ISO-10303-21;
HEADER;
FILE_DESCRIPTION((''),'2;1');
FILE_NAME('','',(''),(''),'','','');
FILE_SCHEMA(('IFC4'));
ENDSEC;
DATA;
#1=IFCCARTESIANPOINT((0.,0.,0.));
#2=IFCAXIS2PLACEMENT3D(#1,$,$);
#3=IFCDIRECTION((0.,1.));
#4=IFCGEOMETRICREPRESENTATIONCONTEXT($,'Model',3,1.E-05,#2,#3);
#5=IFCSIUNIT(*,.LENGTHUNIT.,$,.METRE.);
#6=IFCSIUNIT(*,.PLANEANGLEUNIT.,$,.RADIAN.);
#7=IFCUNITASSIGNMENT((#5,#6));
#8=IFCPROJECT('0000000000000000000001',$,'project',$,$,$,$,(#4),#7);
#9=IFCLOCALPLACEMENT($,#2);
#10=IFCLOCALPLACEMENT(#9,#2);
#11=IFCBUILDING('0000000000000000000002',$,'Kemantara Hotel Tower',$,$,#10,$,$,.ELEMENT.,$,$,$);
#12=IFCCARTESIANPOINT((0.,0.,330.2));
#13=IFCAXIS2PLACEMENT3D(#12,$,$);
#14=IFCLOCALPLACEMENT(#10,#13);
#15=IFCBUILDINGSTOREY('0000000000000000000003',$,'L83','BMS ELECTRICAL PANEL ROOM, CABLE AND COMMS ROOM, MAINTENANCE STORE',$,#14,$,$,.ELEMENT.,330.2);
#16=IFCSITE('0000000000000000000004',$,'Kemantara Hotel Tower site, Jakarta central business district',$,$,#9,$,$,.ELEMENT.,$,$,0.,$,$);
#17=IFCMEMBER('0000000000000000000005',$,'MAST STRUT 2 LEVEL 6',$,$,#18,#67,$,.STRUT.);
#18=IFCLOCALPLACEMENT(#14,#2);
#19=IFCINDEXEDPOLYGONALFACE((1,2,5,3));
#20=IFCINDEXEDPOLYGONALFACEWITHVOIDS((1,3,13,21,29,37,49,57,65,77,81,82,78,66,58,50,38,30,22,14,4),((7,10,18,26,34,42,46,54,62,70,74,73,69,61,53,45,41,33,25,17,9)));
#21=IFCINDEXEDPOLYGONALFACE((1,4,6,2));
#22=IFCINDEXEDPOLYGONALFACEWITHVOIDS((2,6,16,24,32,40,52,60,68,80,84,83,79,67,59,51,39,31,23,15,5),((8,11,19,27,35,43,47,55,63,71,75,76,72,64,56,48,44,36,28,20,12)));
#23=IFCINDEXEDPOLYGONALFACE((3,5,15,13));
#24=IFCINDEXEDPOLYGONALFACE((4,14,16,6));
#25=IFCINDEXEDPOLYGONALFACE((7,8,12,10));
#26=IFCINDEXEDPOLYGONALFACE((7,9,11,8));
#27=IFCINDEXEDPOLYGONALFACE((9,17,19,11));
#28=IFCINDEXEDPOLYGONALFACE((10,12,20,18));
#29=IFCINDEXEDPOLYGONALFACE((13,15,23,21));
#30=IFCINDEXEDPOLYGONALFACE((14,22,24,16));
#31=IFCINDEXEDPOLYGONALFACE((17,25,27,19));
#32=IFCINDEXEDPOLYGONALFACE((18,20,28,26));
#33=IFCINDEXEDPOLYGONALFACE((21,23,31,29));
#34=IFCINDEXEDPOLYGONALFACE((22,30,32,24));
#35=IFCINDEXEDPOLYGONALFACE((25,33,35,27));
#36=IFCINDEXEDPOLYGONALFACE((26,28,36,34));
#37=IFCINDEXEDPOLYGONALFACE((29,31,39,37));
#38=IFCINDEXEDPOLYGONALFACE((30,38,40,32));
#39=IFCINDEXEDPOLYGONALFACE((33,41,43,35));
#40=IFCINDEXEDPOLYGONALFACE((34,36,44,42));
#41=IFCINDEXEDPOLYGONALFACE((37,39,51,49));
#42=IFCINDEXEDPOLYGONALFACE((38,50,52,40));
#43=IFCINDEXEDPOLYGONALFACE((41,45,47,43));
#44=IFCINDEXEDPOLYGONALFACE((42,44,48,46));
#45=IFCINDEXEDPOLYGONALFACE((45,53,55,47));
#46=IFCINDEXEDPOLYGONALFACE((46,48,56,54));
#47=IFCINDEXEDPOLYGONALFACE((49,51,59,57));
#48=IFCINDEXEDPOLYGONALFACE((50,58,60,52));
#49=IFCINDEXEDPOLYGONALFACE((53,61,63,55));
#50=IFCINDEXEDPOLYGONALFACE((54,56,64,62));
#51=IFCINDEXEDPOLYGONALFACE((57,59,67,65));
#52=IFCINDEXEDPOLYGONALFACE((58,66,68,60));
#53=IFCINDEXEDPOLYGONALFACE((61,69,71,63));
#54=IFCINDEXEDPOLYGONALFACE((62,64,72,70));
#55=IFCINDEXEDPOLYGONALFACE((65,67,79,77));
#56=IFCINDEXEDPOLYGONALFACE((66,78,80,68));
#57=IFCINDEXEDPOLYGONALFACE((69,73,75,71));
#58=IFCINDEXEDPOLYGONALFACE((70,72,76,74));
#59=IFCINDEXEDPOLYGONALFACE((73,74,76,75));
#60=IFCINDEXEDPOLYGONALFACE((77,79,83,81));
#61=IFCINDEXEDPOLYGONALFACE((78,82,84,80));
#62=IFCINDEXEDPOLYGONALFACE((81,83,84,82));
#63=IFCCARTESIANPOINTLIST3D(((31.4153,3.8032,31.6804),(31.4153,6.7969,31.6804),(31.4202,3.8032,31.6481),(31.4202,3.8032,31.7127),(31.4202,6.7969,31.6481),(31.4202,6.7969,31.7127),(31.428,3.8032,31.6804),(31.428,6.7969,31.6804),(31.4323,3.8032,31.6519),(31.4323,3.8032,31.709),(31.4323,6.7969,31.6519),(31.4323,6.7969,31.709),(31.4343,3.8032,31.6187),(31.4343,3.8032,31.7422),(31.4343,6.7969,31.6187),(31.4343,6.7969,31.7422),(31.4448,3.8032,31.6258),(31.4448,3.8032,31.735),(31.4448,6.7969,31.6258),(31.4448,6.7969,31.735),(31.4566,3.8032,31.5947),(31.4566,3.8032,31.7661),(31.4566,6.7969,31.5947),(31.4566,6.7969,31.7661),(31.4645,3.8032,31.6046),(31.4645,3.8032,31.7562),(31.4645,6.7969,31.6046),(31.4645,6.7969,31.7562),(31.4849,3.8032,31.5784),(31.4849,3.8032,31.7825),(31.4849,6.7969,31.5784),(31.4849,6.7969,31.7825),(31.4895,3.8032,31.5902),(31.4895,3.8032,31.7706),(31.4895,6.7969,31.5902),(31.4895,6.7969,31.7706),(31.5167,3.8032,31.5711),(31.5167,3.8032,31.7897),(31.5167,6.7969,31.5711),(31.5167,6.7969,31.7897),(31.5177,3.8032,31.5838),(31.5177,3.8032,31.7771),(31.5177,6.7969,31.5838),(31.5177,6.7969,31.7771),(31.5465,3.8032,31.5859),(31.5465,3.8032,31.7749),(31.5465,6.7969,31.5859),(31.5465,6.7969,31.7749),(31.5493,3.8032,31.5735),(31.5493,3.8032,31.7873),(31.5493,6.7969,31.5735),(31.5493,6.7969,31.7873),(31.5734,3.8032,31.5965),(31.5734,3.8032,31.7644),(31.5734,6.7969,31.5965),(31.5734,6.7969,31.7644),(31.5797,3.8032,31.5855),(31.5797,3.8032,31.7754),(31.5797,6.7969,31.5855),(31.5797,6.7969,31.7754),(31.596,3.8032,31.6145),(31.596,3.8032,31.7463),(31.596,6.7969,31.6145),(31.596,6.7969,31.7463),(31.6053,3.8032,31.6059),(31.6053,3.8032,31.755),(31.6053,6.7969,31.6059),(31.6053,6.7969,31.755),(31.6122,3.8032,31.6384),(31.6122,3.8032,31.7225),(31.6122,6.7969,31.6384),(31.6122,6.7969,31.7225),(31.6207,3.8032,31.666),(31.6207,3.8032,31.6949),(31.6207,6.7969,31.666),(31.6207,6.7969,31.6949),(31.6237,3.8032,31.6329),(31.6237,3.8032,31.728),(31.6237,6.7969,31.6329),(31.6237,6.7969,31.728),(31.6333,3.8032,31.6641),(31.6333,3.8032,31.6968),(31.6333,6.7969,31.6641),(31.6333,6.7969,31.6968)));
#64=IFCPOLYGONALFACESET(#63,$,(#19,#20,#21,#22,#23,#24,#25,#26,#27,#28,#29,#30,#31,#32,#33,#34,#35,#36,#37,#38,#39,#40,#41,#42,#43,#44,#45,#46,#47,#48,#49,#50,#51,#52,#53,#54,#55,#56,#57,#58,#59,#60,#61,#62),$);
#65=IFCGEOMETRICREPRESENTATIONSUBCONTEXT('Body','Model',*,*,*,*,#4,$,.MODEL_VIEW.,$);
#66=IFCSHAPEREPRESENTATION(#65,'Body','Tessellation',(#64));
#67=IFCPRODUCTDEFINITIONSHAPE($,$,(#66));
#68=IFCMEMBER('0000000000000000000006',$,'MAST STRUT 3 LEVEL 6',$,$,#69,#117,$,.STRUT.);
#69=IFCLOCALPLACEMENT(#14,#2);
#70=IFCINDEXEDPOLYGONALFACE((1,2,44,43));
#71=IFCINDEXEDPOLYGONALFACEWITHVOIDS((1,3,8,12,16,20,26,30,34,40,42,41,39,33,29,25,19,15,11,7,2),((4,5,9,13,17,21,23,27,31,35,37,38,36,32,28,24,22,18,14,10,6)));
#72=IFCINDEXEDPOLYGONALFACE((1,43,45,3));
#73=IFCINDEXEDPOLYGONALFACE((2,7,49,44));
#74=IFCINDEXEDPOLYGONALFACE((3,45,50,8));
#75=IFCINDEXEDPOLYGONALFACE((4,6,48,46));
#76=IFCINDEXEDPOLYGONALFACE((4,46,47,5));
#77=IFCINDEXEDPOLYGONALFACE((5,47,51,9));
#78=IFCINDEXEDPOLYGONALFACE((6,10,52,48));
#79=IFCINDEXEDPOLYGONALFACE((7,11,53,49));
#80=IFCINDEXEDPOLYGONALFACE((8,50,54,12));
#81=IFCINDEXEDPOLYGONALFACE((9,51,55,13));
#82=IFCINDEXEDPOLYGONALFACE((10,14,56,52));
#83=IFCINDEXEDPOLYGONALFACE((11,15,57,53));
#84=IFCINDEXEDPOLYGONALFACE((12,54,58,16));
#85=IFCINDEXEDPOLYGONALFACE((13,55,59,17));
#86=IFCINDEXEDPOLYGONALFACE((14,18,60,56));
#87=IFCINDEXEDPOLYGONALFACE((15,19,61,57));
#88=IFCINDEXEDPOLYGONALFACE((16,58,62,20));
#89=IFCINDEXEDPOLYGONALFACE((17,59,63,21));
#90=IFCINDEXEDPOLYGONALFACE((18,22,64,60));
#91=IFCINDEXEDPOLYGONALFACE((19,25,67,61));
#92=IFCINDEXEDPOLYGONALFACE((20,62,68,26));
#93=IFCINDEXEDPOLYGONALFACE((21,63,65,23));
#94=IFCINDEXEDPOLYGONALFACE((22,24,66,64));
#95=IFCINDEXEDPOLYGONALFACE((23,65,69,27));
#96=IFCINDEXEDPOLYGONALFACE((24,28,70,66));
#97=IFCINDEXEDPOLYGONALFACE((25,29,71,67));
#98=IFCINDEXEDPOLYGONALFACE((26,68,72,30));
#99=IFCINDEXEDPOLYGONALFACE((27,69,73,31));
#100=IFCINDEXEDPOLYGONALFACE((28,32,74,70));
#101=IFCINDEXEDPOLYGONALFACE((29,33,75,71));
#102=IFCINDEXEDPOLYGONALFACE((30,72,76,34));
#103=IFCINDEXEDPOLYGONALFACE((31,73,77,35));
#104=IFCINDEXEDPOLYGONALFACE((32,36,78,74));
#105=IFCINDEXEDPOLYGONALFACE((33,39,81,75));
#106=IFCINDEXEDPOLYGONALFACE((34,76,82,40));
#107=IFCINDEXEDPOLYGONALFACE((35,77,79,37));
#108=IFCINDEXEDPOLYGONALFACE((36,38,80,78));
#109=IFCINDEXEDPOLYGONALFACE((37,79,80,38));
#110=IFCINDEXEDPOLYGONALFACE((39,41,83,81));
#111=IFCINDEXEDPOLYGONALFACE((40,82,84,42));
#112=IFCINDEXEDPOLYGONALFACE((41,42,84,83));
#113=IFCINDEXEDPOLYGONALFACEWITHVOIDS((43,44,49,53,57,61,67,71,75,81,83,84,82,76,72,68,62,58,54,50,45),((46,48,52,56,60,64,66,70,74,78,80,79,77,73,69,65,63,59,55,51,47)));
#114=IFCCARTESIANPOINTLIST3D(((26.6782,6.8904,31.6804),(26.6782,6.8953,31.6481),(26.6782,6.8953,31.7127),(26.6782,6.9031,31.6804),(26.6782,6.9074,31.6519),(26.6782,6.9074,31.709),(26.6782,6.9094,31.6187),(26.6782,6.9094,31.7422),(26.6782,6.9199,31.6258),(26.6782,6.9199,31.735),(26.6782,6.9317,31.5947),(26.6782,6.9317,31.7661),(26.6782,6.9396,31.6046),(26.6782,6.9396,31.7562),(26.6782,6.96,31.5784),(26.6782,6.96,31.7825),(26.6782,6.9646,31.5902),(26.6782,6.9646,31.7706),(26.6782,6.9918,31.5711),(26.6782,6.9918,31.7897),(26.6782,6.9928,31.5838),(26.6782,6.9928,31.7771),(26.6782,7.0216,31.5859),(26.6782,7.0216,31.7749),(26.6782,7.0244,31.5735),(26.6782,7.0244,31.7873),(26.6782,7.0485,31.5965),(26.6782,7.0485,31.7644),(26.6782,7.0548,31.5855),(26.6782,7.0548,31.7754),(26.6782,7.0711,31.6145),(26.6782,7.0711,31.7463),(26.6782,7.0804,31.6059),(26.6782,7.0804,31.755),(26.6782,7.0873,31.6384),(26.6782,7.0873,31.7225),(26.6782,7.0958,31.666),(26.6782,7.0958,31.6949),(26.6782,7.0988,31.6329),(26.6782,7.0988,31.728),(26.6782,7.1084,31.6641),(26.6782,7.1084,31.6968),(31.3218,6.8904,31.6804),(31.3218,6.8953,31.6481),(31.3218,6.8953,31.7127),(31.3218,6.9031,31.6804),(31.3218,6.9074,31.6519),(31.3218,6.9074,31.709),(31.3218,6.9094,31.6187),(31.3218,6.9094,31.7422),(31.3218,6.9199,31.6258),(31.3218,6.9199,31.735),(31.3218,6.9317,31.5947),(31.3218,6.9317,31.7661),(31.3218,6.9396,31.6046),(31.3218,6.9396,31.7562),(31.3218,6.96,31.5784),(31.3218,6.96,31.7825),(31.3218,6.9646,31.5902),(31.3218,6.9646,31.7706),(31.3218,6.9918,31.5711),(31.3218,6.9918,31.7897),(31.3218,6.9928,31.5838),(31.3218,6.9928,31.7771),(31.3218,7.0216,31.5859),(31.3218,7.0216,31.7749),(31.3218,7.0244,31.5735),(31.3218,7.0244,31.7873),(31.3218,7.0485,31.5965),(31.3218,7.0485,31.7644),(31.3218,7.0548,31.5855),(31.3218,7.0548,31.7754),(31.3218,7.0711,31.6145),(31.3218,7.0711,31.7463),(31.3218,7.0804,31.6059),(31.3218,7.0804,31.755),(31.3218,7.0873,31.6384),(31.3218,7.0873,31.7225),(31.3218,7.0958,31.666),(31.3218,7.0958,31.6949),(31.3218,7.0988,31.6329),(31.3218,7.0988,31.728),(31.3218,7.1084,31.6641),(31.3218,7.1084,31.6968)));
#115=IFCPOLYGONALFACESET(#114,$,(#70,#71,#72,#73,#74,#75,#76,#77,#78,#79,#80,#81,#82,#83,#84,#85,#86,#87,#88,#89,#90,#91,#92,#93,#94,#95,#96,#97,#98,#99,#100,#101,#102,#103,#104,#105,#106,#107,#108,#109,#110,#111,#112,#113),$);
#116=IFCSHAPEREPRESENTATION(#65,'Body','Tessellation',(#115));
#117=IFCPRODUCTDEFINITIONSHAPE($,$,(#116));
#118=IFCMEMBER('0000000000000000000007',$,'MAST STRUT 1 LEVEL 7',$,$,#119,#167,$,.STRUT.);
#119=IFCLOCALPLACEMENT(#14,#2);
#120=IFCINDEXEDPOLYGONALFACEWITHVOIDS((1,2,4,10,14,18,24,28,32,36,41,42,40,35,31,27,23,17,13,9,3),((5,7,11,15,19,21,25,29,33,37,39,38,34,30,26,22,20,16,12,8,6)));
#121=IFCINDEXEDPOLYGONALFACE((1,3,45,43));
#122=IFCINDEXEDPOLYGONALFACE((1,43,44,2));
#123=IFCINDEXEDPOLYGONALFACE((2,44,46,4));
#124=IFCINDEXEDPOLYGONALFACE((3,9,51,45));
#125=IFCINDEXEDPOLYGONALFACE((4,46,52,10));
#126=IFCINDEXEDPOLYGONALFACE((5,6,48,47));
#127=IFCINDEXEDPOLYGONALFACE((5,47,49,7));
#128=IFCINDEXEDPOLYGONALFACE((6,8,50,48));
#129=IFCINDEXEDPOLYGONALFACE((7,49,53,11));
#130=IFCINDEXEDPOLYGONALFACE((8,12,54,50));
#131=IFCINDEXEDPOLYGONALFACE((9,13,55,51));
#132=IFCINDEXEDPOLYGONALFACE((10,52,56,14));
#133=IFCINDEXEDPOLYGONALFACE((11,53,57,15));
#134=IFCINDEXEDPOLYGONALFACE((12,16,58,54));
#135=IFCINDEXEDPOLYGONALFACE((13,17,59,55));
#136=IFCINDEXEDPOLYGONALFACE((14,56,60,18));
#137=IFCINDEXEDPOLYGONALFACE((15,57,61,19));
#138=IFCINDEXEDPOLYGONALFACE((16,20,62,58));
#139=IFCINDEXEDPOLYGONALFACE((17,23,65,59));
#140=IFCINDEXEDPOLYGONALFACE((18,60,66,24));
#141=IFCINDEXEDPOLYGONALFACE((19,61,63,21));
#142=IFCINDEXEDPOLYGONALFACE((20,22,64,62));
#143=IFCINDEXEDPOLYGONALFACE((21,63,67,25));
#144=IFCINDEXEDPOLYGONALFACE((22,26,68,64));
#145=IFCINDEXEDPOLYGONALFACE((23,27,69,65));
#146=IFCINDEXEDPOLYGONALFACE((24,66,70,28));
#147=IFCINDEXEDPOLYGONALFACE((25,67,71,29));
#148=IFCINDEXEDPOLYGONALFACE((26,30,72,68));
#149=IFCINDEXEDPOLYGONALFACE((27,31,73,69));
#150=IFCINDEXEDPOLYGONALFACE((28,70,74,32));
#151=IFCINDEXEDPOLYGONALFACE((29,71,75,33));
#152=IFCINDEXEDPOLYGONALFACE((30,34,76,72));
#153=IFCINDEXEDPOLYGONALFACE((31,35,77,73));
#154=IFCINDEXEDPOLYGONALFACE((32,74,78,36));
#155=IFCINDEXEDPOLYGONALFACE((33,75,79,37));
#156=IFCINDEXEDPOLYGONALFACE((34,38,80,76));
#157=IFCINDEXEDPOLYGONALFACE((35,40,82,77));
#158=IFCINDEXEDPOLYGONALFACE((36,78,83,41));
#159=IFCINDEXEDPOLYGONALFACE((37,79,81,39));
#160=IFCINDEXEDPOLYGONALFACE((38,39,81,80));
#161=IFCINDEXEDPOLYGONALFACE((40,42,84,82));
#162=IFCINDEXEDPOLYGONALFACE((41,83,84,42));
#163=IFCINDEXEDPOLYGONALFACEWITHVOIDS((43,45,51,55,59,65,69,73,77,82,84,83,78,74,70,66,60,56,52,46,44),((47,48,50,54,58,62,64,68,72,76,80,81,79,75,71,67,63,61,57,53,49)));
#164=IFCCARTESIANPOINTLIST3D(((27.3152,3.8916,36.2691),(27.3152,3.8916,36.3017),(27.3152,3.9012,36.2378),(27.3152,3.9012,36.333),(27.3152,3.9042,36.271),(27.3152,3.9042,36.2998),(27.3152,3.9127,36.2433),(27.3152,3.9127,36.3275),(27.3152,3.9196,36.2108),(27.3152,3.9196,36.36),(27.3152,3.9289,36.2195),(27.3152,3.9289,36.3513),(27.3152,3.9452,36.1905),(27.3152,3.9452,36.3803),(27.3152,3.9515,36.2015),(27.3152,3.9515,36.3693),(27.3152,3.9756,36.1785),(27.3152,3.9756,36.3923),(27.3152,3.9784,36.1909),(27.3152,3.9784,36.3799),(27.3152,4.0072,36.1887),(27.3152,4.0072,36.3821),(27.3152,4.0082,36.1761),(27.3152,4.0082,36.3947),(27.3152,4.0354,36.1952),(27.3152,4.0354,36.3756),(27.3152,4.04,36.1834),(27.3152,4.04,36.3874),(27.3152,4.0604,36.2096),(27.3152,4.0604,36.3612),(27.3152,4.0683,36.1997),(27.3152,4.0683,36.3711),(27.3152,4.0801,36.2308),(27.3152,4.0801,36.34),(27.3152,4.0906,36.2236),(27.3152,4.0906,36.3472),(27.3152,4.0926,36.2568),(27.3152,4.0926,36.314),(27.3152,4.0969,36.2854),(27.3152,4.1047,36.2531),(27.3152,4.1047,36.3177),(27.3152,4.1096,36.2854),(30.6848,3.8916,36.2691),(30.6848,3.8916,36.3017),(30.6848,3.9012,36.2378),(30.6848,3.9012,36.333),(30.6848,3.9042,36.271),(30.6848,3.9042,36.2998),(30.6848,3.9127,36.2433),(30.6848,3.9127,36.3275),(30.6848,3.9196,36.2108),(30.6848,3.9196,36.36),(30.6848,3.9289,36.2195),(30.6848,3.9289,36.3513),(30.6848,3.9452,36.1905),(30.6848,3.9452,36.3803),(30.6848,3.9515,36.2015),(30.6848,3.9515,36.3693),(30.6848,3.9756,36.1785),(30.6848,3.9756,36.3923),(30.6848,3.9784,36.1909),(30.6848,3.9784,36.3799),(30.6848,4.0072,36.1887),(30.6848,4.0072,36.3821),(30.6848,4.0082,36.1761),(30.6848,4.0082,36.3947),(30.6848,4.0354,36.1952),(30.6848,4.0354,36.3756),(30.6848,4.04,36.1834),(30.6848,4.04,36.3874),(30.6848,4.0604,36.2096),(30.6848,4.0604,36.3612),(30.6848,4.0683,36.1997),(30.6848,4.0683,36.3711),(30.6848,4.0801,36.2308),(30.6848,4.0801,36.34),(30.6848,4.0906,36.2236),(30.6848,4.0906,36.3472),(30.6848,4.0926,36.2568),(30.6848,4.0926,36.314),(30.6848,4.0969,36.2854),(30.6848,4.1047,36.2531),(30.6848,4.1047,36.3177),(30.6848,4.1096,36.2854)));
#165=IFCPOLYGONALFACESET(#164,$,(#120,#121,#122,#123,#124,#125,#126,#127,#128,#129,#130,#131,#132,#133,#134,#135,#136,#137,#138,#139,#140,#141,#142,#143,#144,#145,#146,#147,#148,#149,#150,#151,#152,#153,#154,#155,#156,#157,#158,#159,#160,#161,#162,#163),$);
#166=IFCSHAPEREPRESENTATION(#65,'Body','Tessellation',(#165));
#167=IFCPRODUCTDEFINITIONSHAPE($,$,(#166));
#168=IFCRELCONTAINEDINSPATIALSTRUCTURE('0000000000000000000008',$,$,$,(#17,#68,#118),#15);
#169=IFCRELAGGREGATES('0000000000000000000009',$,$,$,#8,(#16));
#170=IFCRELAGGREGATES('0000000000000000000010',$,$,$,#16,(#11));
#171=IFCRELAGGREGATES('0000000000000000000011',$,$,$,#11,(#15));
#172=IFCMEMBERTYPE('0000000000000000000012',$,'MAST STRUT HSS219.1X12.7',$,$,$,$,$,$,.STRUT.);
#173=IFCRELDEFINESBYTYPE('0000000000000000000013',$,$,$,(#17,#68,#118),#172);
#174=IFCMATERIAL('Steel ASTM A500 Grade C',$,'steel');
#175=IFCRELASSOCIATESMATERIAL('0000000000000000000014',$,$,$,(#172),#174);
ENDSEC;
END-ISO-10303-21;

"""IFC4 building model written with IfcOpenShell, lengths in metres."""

from ifc_helpers import new_model, si_unit, direction, frame, origin, origin_2d, place, context, subcontext, project, spatial, hollow_circle, extrude, material, material_profile, profile_set, type_object, element, save


model = new_model("IFC4")

# Units and contexts
model_context = context("Model", 3, precision=1e-05, world=origin(), true_north=direction((0.0, 1.0)))
body_context = subcontext(model_context, "Body", "Model", "MODEL_VIEW")
ifc_project = project(units=[si_unit("LENGTHUNIT", "METRE"), si_unit("PLANEANGLEUNIT", "RADIAN")], contexts=[model_context])

# Site, building, storey
site_placement = place(None, origin())
site = spatial("IfcSite", under=ifc_project, at=site_placement, Name="Kemantara Hotel Tower site, Jakarta central business district", CompositionType="ELEMENT", RefElevation=0.0)
building_placement = place(site_placement, origin())
building = spatial("IfcBuilding", under=site, at=building_placement, Name="Kemantara Hotel Tower", CompositionType="ELEMENT")
storey_placement = place(building_placement, frame((0.0, 0.0, 330.2)))
storey = spatial("IfcBuildingStorey", under=building, at=storey_placement, Name="L83", Description="BMS ELECTRICAL PANEL ROOM, CABLE AND COMMS ROOM, MAINTENANCE STORE", CompositionType="ELEMENT", Elevation=330.2)

# Members
ifc_material = material(Name="Steel ASTM A500 Grade C", Category="steel")
ifc_material_profile_1 = material_profile(ifc_material, hollow_circle(Radius=0.1096, WallThickness=0.0127, at=origin_2d()), Name="HSS219.1X12.7")
ifc_profile_set_1 = profile_set([ifc_material_profile_1], Name="Steel ASTM A500 Grade C")
member_type_1 = type_object("IfcMemberType", Name="MAST STRUT HSS219.1X12.7", PredefinedType="STRUT", material=ifc_profile_set_1)
member_1_placement = place(storey_placement, frame((31.5249, 3.8032, 31.6804), z_axis=(0.0, 1.0, 0.0), x_axis=(-1.0, 0.0, 0.0)))
element("IfcMember", 1, at=member_1_placement, inside=storey, type_object=member_type_1, Name="MAST STRUT 2 LEVEL 6", PredefinedType="STRUT", context=body_context, shape_type="SweptSolid", body=[
    extrude(hollow_circle(Radius=0.1096, WallThickness=0.0127, at=origin_2d()), origin(), (0.0, 0.0, 1.0), 2.9937),
])
member_2_placement = place(storey_placement, frame((31.3218, 7.0, 31.6804), z_axis=(-1.0, 0.0, 0.0), x_axis=(0.0, -1.0, 0.0)))
element("IfcMember", 2, at=member_2_placement, inside=storey, type_object=member_type_1, Name="MAST STRUT 3 LEVEL 6", PredefinedType="STRUT", context=body_context, shape_type="SweptSolid", body=[
    extrude(hollow_circle(Radius=0.1096, WallThickness=0.0127, at=origin_2d()), origin(), (0.0, 0.0, 1.0), 4.6436),
])
member_3_placement = place(storey_placement, frame((27.3152, 4.0, 36.2854), z_axis=(1.0, 0.0, 0.0), x_axis=(0.0, 1.0, 0.0)))
element("IfcMember", 3, at=member_3_placement, inside=storey, type_object=member_type_1, Name="MAST STRUT 1 LEVEL 7", PredefinedType="STRUT", context=body_context, shape_type="SweptSolid", body=[
    extrude(hollow_circle(Radius=0.1096, WallThickness=0.0127, at=origin_2d()), origin(), (0.0, 0.0, 1.0), 3.3696),
])

save(model, "model.ifc")
